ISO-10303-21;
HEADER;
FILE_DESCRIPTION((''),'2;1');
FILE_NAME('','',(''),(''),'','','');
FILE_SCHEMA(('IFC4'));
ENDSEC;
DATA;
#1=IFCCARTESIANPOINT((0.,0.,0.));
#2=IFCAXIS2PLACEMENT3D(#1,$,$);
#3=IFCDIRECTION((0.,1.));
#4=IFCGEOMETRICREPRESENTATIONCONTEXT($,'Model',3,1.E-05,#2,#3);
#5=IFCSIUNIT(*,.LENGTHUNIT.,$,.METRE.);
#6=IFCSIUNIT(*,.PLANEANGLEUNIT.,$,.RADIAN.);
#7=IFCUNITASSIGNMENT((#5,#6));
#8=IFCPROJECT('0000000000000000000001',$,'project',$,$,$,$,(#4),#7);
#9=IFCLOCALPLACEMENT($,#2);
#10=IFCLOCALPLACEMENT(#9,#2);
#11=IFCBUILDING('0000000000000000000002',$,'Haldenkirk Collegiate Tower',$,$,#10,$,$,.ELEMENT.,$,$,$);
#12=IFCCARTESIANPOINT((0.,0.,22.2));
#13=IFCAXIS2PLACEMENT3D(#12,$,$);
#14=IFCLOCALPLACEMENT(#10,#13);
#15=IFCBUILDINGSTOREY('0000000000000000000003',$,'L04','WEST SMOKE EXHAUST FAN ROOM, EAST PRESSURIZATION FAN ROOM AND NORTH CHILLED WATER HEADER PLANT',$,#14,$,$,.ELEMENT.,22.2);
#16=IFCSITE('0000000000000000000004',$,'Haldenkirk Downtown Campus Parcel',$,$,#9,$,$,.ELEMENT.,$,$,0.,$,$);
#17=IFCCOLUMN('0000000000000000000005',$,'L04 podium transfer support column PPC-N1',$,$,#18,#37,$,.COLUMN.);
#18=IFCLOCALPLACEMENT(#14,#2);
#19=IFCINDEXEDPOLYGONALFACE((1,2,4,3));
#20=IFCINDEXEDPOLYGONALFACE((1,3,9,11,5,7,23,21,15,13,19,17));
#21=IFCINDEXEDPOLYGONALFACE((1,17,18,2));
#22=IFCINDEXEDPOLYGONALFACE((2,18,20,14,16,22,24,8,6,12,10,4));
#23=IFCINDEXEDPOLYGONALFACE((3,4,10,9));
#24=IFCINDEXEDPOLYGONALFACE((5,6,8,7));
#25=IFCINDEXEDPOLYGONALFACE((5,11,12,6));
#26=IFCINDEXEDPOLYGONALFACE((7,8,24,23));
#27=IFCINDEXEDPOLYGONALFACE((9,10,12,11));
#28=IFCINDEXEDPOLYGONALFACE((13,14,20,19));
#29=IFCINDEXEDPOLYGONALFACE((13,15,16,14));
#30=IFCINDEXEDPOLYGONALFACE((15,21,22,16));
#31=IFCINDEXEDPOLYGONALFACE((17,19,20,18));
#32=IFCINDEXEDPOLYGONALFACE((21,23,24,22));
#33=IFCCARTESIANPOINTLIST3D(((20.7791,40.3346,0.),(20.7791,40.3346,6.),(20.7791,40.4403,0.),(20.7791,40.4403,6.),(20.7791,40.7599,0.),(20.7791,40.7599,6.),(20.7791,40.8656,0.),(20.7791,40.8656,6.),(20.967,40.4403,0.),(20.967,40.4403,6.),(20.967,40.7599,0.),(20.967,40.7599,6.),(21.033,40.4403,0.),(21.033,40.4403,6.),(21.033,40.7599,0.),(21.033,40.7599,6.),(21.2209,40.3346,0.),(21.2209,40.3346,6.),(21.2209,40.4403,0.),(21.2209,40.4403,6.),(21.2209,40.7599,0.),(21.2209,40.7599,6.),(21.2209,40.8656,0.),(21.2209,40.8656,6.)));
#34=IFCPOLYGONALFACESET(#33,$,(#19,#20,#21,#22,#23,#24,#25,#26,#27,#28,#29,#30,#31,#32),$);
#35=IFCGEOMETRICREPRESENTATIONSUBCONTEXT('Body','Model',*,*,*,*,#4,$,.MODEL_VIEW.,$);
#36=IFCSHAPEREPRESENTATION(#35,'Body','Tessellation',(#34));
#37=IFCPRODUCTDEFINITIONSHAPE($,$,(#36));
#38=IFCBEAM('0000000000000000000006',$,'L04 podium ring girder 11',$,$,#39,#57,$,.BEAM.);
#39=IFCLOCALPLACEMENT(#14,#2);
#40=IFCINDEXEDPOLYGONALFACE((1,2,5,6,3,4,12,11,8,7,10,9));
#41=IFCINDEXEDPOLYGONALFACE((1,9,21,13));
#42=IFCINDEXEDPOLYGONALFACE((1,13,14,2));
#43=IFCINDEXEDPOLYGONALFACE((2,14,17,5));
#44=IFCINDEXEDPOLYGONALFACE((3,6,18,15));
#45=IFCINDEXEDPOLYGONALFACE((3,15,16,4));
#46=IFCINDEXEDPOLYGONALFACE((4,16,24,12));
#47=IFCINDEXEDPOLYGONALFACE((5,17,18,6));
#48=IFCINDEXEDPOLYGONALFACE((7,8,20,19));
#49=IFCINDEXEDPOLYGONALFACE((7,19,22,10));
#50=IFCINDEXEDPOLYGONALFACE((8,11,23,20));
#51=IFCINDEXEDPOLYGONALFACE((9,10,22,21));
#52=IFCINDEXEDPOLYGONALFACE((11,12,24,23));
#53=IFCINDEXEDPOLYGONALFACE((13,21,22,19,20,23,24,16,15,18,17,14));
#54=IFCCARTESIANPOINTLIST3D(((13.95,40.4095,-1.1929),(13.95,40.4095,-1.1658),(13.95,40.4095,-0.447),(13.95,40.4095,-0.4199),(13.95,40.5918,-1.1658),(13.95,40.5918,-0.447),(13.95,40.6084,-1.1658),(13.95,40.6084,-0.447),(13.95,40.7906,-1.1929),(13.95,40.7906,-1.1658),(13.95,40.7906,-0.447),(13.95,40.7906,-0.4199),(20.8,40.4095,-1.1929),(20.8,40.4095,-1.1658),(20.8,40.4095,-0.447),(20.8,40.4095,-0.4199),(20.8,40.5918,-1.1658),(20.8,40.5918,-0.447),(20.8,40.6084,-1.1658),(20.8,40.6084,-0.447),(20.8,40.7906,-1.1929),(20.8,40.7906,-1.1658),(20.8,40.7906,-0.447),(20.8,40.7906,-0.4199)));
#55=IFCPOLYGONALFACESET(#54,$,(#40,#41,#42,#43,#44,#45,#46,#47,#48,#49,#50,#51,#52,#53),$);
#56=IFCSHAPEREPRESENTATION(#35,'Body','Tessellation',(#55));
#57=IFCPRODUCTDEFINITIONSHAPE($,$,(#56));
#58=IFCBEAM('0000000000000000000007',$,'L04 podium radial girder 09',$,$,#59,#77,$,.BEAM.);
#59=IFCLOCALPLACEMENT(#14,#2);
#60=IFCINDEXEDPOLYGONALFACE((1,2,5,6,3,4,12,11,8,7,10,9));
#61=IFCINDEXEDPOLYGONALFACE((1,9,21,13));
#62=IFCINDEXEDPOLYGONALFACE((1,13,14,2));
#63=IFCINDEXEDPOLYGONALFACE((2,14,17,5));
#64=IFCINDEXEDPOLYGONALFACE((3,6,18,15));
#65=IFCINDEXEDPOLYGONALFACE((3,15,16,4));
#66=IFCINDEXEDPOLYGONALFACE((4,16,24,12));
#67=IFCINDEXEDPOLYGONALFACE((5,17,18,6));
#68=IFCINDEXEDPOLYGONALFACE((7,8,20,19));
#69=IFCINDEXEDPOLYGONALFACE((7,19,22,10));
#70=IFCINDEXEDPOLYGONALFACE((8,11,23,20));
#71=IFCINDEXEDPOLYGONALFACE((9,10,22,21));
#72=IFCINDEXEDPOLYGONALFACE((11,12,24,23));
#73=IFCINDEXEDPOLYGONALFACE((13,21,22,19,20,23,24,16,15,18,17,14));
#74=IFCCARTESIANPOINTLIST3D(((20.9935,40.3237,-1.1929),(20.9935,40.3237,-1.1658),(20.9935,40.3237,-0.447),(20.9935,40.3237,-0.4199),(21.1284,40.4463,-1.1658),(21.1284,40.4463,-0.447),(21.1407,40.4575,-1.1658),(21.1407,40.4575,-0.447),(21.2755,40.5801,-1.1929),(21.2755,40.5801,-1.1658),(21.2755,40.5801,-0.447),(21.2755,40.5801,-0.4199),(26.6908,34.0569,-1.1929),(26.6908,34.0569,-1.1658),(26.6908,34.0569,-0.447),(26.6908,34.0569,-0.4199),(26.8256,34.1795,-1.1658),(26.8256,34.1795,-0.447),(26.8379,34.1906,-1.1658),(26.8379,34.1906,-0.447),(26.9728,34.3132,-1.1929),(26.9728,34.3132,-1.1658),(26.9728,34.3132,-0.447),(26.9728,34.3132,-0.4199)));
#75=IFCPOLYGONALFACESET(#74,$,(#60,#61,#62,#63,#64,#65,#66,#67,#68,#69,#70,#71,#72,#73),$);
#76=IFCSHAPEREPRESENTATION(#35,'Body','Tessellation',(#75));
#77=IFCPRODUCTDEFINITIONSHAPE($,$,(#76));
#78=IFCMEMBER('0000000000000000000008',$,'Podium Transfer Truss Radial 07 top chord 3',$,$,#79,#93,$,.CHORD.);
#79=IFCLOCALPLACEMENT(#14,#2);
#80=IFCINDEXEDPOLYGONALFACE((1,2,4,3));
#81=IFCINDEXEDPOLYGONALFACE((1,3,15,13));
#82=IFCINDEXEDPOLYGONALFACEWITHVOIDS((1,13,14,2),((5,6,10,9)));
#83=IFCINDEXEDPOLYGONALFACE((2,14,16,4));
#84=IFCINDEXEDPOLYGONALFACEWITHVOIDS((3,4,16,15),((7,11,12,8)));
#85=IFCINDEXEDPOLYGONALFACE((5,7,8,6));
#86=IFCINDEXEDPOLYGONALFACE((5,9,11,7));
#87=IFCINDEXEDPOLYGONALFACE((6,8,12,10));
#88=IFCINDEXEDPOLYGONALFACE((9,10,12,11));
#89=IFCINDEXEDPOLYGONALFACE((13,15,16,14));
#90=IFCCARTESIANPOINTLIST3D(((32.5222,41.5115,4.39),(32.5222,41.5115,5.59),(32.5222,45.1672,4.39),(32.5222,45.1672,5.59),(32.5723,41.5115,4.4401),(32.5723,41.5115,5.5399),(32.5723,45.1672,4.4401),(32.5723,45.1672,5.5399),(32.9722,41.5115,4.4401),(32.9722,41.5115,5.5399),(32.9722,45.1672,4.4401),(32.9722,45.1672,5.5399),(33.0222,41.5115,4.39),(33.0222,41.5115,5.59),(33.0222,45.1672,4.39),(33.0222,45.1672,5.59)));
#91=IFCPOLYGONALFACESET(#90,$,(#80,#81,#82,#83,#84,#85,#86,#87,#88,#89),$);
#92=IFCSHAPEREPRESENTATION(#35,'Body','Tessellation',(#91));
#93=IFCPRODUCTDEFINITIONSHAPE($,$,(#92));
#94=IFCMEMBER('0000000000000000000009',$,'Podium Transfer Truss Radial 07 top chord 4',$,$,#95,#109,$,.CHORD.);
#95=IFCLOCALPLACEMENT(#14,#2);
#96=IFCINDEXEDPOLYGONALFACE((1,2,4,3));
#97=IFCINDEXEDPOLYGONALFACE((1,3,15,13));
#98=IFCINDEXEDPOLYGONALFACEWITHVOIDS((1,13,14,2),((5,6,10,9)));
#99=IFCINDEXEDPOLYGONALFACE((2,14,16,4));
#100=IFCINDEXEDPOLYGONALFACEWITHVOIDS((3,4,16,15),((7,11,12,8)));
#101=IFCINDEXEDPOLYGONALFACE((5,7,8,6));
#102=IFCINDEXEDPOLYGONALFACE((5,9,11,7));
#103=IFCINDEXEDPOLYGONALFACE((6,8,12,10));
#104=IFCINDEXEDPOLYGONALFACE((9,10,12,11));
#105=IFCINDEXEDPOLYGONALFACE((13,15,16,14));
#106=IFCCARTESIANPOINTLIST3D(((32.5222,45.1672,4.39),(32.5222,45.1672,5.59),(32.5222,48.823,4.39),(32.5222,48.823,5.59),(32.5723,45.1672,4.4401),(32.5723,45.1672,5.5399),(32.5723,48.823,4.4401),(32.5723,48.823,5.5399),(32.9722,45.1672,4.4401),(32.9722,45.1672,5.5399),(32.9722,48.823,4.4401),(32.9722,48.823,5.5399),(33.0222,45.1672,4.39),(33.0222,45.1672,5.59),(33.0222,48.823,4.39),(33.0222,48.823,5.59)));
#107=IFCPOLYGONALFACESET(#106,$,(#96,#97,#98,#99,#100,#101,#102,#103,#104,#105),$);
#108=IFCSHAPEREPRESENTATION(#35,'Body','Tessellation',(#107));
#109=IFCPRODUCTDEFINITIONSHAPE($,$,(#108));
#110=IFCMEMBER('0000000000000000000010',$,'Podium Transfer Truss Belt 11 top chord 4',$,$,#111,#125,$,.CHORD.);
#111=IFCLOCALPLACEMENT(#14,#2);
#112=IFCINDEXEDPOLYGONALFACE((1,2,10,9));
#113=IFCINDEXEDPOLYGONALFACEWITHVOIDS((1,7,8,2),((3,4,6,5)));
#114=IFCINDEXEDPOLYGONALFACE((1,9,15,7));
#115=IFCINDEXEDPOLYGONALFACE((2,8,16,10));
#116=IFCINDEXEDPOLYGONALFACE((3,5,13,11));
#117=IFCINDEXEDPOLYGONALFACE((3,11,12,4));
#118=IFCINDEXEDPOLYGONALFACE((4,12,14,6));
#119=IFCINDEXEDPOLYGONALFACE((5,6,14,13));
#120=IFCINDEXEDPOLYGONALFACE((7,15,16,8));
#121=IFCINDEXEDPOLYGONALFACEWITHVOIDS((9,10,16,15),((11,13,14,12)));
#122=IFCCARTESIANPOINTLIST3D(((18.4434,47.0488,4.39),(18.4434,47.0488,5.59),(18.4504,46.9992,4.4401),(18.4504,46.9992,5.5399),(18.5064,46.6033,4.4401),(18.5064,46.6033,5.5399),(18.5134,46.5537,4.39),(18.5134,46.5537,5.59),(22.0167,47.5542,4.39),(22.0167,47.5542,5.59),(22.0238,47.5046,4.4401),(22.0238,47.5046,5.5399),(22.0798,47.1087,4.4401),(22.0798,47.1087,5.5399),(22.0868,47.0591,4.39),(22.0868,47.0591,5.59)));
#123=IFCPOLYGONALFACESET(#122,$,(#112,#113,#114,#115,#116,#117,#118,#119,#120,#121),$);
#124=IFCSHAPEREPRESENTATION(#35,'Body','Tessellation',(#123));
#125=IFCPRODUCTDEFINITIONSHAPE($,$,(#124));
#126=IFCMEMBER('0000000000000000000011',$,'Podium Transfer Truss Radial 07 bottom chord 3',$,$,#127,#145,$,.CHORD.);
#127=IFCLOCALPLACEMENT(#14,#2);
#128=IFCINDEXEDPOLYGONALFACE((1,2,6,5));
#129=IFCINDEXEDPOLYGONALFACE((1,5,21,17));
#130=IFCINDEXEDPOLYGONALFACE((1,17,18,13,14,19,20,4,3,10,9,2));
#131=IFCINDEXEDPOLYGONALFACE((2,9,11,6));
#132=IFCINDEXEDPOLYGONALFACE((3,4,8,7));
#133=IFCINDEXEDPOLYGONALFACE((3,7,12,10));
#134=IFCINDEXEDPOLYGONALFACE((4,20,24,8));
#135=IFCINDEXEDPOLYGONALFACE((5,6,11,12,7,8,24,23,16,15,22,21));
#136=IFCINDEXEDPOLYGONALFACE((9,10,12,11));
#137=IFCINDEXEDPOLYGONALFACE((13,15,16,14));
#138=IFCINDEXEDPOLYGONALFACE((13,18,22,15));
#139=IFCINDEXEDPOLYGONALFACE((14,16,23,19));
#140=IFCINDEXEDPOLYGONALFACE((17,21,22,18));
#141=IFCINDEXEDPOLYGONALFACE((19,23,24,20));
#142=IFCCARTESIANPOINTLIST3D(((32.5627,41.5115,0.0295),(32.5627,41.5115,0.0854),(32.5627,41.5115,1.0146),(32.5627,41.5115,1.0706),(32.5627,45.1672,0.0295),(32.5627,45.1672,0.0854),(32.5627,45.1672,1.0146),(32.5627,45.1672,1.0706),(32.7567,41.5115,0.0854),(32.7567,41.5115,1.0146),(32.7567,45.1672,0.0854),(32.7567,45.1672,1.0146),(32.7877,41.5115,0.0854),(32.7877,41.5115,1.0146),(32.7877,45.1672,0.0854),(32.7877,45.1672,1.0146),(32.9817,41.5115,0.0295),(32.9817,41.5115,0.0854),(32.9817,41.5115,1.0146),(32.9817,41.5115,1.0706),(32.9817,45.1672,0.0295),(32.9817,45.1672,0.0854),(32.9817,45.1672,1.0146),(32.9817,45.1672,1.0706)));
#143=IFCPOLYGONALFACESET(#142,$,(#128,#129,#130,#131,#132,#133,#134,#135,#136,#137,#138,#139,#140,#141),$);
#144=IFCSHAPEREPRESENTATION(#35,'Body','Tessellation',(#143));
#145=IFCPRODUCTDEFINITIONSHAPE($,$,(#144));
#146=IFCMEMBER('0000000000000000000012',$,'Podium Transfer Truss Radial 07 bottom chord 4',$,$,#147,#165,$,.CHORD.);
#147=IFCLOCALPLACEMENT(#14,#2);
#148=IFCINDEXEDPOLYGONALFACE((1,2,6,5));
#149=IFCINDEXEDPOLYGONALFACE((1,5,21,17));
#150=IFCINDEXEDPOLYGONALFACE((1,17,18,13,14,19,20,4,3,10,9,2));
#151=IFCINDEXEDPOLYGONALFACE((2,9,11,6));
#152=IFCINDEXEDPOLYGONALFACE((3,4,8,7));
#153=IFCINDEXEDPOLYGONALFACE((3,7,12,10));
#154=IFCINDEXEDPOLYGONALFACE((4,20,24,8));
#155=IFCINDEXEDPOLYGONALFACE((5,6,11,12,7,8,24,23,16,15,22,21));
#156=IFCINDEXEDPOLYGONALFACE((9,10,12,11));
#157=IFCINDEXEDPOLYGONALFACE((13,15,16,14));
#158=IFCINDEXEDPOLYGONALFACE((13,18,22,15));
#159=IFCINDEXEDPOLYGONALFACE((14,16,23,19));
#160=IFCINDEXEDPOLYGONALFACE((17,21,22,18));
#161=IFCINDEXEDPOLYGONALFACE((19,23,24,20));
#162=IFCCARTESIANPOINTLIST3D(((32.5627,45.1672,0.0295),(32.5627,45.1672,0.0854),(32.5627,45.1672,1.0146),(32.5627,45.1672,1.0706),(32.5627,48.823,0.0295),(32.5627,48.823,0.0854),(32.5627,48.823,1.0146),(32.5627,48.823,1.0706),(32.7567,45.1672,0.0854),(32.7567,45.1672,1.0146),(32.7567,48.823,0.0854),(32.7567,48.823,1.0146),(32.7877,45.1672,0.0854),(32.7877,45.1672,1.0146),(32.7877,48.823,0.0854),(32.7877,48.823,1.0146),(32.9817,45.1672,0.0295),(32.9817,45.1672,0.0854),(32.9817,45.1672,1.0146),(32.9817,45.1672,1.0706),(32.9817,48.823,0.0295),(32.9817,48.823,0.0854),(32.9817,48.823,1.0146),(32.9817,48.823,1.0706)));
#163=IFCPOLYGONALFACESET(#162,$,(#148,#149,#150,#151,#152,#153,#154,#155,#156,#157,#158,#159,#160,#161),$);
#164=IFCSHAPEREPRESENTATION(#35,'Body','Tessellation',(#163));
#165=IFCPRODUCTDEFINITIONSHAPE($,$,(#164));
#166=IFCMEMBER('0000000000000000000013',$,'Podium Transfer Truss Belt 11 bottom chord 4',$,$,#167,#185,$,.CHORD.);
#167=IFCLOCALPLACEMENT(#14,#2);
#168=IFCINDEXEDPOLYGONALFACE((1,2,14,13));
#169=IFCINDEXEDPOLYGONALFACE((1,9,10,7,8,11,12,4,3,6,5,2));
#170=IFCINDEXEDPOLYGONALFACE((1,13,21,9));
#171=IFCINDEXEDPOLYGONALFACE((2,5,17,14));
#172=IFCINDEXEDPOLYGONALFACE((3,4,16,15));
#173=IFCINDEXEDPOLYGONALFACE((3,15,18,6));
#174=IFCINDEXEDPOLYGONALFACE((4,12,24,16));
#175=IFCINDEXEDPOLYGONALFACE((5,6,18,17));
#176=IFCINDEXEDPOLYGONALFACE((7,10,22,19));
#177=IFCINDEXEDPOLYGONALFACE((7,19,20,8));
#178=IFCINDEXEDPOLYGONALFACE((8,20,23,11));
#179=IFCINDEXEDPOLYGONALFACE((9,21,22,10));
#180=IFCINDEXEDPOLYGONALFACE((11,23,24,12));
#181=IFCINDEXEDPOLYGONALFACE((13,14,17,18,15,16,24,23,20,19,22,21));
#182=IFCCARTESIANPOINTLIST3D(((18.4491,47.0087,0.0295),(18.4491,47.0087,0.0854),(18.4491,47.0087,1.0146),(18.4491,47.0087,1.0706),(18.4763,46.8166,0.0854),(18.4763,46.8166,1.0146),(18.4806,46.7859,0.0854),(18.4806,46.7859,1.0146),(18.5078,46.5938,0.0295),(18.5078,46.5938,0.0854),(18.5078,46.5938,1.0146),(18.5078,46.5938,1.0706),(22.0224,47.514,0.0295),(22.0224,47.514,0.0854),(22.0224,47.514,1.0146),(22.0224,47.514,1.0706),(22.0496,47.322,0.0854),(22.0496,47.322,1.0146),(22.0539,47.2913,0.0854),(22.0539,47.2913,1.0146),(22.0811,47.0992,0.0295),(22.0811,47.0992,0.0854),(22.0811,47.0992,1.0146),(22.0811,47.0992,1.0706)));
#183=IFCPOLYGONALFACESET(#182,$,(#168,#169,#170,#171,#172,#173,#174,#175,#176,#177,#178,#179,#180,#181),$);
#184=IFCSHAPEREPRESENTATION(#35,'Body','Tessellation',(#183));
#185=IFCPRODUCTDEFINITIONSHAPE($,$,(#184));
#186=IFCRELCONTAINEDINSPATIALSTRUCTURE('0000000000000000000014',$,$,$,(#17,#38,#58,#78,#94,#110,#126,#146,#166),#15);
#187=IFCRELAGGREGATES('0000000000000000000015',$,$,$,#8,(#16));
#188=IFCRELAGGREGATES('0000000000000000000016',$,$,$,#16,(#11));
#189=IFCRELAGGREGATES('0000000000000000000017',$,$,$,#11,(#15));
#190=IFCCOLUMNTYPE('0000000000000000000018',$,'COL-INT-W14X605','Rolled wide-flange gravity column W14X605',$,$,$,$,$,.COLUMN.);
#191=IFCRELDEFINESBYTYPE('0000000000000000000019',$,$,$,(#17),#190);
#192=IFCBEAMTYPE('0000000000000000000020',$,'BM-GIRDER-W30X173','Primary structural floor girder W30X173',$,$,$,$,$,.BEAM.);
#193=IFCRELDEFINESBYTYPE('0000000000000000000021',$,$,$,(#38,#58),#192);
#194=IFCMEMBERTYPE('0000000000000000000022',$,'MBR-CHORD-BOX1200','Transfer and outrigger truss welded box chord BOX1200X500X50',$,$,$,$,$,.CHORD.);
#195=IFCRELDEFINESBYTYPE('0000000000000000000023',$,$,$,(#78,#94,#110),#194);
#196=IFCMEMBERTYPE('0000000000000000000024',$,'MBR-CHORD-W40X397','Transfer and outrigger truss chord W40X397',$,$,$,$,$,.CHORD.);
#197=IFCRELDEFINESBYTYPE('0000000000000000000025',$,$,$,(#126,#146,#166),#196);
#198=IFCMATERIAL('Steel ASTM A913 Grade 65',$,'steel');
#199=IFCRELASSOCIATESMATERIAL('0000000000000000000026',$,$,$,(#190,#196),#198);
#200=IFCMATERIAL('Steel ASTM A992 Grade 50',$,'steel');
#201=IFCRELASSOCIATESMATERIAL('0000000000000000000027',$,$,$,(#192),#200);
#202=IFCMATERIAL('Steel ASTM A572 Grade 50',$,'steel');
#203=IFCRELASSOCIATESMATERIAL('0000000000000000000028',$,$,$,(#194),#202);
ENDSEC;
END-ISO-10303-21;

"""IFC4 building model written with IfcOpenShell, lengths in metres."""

from ifc_helpers import new_model, si_unit, direction, frame, origin, origin_2d, place, context, subcontext, project, spatial, hollow_rectangle, i_section, extrude, material, material_profile, profile_set, type_object, element, save


model = new_model("IFC4")

# Units and contexts
model_context = context("Model", 3, precision=1e-05, world=origin(), true_north=direction((0.0, 1.0)))
body_context = subcontext(model_context, "Body", "Model", "MODEL_VIEW")
ifc_project = project(units=[si_unit("LENGTHUNIT", "METRE"), si_unit("PLANEANGLEUNIT", "RADIAN")], contexts=[model_context])

# Site, building, storey
site_placement = place(None, origin())
site = spatial("IfcSite", under=ifc_project, at=site_placement, Name="Haldenkirk Downtown Campus Parcel", CompositionType="ELEMENT", RefElevation=0.0)
building_placement = place(site_placement, origin())
building = spatial("IfcBuilding", under=site, at=building_placement, Name="Haldenkirk Collegiate Tower", CompositionType="ELEMENT")
storey_placement = place(building_placement, frame((0.0, 0.0, 22.2)))
storey = spatial("IfcBuildingStorey", under=building, at=storey_placement, Name="L04", Description="WEST SMOKE EXHAUST FAN ROOM, EAST PRESSURIZATION FAN ROOM AND NORTH CHILLED WATER HEADER PLANT", CompositionType="ELEMENT", Elevation=22.2)

# Column
ifc_material_1 = material(Name="Steel ASTM A913 Grade 65", Category="steel")
ifc_material_profile_1 = material_profile(ifc_material_1, i_section(OverallWidth=0.4419, OverallDepth=0.531, WebThickness=0.0659, FlangeThickness=0.1057, at=origin_2d()), Name="W14X605")
ifc_profile_set_1 = profile_set([ifc_material_profile_1], Name="Steel ASTM A913 Grade 65")
column_type = type_object("IfcColumnType", Name="COL-INT-W14X605", Description="Rolled wide-flange gravity column W14X605", PredefinedType="COLUMN", material=ifc_profile_set_1)
column_placement = place(storey_placement, frame((21.0, 40.6001, 0.0), z_axis=(0.0, 0.0, 1.0), x_axis=(1.0, 0.0, 0.0)))
element("IfcColumn", 1, at=column_placement, inside=storey, type_object=column_type, Name="L04 podium transfer support column PPC-N1", PredefinedType="COLUMN", context=body_context, shape_type="SweptSolid", body=[
    extrude(i_section(OverallWidth=0.4419, OverallDepth=0.531, WebThickness=0.0659, FlangeThickness=0.1057, at=origin_2d()), origin(), (0.0, 0.0, 1.0), 6.0),
])

# Beams
ifc_material_2 = material(Name="Steel ASTM A992 Grade 50", Category="steel")
ifc_material_profile_2 = material_profile(ifc_material_2, i_section(OverallWidth=0.3811, OverallDepth=0.7729, WebThickness=0.0166, FlangeThickness=0.0271, at=origin_2d()), Name="W30X173")
ifc_profile_set_2 = profile_set([ifc_material_profile_2], Name="Steel ASTM A992 Grade 50")
beam_type = type_object("IfcBeamType", Name="BM-GIRDER-W30X173", Description="Primary structural floor girder W30X173", PredefinedType="BEAM", material=ifc_profile_set_2)
beam_1_placement = place(storey_placement, frame((20.8, 40.6001, -0.8064), z_axis=(-1.0, 0.0, 0.0), x_axis=(0.0, -1.0, 0.0)))
element("IfcBeam", 2, at=beam_1_placement, inside=storey, type_object=beam_type, Name="L04 podium ring girder 11", PredefinedType="BEAM", context=body_context, shape_type="SweptSolid", body=[
    extrude(i_section(OverallWidth=0.3811, OverallDepth=0.7729, WebThickness=0.0166, FlangeThickness=0.0271, at=origin_2d()), origin(), (0.0, 0.0, 1.0), 6.8501),
])
beam_2_placement = place(storey_placement, frame((21.1345, 40.4519, -0.8064), z_axis=(0.672681, -0.739932, 0.0), x_axis=(0.739932, 0.672681, 0.0)))
element("IfcBeam", 3, at=beam_2_placement, inside=storey, type_object=beam_type, Name="L04 podium radial girder 09", PredefinedType="BEAM", context=body_context, shape_type="SweptSolid", body=[
    extrude(i_section(OverallWidth=0.3811, OverallDepth=0.7729, WebThickness=0.0166, FlangeThickness=0.0271, at=origin_2d()), origin(), (0.0, 0.0, 1.0), 8.4695),
])

# Members
ifc_material_3 = material(Name="Steel ASTM A572 Grade 50", Category="steel")
ifc_material_profile_3 = material_profile(ifc_material_3, hollow_rectangle(XDim=0.5, YDim=1.2, WallThickness=0.05, at=origin_2d()), Name="BOX1200X500X50")
ifc_profile_set_3 = profile_set([ifc_material_profile_3], Name="Steel ASTM A572 Grade 50")
member_type_1 = type_object("IfcMemberType", Name="MBR-CHORD-BOX1200", Description="Transfer and outrigger truss welded box chord BOX1200X500X50", PredefinedType="CHORD", material=ifc_profile_set_3)
for number, where, z_axis, x_axis, name in (
    (4, (32.7722, 41.5115, 4.99), (0.0, 1.0, 0.0), (-1.0, 0.0, 0.0), "Podium Transfer Truss Radial 07 top chord 3"),
    (5, (32.7722, 45.1672, 4.99), (0.0, 1.0, 0.0), (-1.0, 0.0, 0.0), "Podium Transfer Truss Radial 07 top chord 4"),
):
    element("IfcMember", number, at=place(storey_placement, frame(where, z_axis=z_axis, x_axis=x_axis)), inside=storey, type_object=member_type_1, Name=name, PredefinedType="CHORD", context=body_context, shape_type="SweptSolid", body=[
        extrude(hollow_rectangle(XDim=0.5, YDim=1.2, WallThickness=0.05, at=origin_2d()), origin(), (0.0, 0.0, 1.0), 3.6558),
    ])
member_1_placement = place(storey_placement, frame((22.0518, 47.3066, 4.99), z_axis=(-0.990146, -0.140038, 0.0), x_axis=(0.140038, -0.990146, 0.0)))
element("IfcMember", 6, at=member_1_placement, inside=storey, type_object=member_type_1, Name="Podium Transfer Truss Belt 11 top chord 4", PredefinedType="CHORD", context=body_context, shape_type="SweptSolid", body=[
    extrude(hollow_rectangle(XDim=0.5, YDim=1.2, WallThickness=0.05, at=origin_2d()), origin(), (0.0, 0.0, 1.0), 3.6089),
])
ifc_material_profile_4 = material_profile(ifc_material_1, i_section(OverallWidth=0.4189, OverallDepth=1.041, WebThickness=0.031, FlangeThickness=0.0559, at=origin_2d()), Name="W40X397")
ifc_profile_set_4 = profile_set([ifc_material_profile_4], Name="Steel ASTM A913 Grade 65")
member_type_2 = type_object("IfcMemberType", Name="MBR-CHORD-W40X397", Description="Transfer and outrigger truss chord W40X397", PredefinedType="CHORD", material=ifc_profile_set_4)
for number, where, z_axis, x_axis, name in (
    (7, (32.7722, 41.5115, 0.55), (0.0, 1.0, 0.0), (-1.0, 0.0, 0.0), "Podium Transfer Truss Radial 07 bottom chord 3"),
    (8, (32.7722, 45.1672, 0.55), (0.0, 1.0, 0.0), (-1.0, 0.0, 0.0), "Podium Transfer Truss Radial 07 bottom chord 4"),
):
    element("IfcMember", number, at=place(storey_placement, frame(where, z_axis=z_axis, x_axis=x_axis)), inside=storey, type_object=member_type_2, Name=name, PredefinedType="CHORD", context=body_context, shape_type="SweptSolid", body=[
        extrude(i_section(OverallWidth=0.4189, OverallDepth=1.041, WebThickness=0.031, FlangeThickness=0.0559, at=origin_2d()), origin(), (0.0, 0.0, 1.0), 3.6558),
    ])
member_2_placement = place(storey_placement, frame((22.0518, 47.3066, 0.55), z_axis=(-0.990146, -0.140038, 0.0), x_axis=(0.140038, -0.990146, 0.0)))
element("IfcMember", 9, at=member_2_placement, inside=storey, type_object=member_type_2, Name="Podium Transfer Truss Belt 11 bottom chord 4", PredefinedType="CHORD", context=body_context, shape_type="SweptSolid", body=[
    extrude(i_section(OverallWidth=0.4189, OverallDepth=1.041, WebThickness=0.031, FlangeThickness=0.0559, at=origin_2d()), origin(), (0.0, 0.0, 1.0), 3.6089),
])

save(model, "model.ifc")
